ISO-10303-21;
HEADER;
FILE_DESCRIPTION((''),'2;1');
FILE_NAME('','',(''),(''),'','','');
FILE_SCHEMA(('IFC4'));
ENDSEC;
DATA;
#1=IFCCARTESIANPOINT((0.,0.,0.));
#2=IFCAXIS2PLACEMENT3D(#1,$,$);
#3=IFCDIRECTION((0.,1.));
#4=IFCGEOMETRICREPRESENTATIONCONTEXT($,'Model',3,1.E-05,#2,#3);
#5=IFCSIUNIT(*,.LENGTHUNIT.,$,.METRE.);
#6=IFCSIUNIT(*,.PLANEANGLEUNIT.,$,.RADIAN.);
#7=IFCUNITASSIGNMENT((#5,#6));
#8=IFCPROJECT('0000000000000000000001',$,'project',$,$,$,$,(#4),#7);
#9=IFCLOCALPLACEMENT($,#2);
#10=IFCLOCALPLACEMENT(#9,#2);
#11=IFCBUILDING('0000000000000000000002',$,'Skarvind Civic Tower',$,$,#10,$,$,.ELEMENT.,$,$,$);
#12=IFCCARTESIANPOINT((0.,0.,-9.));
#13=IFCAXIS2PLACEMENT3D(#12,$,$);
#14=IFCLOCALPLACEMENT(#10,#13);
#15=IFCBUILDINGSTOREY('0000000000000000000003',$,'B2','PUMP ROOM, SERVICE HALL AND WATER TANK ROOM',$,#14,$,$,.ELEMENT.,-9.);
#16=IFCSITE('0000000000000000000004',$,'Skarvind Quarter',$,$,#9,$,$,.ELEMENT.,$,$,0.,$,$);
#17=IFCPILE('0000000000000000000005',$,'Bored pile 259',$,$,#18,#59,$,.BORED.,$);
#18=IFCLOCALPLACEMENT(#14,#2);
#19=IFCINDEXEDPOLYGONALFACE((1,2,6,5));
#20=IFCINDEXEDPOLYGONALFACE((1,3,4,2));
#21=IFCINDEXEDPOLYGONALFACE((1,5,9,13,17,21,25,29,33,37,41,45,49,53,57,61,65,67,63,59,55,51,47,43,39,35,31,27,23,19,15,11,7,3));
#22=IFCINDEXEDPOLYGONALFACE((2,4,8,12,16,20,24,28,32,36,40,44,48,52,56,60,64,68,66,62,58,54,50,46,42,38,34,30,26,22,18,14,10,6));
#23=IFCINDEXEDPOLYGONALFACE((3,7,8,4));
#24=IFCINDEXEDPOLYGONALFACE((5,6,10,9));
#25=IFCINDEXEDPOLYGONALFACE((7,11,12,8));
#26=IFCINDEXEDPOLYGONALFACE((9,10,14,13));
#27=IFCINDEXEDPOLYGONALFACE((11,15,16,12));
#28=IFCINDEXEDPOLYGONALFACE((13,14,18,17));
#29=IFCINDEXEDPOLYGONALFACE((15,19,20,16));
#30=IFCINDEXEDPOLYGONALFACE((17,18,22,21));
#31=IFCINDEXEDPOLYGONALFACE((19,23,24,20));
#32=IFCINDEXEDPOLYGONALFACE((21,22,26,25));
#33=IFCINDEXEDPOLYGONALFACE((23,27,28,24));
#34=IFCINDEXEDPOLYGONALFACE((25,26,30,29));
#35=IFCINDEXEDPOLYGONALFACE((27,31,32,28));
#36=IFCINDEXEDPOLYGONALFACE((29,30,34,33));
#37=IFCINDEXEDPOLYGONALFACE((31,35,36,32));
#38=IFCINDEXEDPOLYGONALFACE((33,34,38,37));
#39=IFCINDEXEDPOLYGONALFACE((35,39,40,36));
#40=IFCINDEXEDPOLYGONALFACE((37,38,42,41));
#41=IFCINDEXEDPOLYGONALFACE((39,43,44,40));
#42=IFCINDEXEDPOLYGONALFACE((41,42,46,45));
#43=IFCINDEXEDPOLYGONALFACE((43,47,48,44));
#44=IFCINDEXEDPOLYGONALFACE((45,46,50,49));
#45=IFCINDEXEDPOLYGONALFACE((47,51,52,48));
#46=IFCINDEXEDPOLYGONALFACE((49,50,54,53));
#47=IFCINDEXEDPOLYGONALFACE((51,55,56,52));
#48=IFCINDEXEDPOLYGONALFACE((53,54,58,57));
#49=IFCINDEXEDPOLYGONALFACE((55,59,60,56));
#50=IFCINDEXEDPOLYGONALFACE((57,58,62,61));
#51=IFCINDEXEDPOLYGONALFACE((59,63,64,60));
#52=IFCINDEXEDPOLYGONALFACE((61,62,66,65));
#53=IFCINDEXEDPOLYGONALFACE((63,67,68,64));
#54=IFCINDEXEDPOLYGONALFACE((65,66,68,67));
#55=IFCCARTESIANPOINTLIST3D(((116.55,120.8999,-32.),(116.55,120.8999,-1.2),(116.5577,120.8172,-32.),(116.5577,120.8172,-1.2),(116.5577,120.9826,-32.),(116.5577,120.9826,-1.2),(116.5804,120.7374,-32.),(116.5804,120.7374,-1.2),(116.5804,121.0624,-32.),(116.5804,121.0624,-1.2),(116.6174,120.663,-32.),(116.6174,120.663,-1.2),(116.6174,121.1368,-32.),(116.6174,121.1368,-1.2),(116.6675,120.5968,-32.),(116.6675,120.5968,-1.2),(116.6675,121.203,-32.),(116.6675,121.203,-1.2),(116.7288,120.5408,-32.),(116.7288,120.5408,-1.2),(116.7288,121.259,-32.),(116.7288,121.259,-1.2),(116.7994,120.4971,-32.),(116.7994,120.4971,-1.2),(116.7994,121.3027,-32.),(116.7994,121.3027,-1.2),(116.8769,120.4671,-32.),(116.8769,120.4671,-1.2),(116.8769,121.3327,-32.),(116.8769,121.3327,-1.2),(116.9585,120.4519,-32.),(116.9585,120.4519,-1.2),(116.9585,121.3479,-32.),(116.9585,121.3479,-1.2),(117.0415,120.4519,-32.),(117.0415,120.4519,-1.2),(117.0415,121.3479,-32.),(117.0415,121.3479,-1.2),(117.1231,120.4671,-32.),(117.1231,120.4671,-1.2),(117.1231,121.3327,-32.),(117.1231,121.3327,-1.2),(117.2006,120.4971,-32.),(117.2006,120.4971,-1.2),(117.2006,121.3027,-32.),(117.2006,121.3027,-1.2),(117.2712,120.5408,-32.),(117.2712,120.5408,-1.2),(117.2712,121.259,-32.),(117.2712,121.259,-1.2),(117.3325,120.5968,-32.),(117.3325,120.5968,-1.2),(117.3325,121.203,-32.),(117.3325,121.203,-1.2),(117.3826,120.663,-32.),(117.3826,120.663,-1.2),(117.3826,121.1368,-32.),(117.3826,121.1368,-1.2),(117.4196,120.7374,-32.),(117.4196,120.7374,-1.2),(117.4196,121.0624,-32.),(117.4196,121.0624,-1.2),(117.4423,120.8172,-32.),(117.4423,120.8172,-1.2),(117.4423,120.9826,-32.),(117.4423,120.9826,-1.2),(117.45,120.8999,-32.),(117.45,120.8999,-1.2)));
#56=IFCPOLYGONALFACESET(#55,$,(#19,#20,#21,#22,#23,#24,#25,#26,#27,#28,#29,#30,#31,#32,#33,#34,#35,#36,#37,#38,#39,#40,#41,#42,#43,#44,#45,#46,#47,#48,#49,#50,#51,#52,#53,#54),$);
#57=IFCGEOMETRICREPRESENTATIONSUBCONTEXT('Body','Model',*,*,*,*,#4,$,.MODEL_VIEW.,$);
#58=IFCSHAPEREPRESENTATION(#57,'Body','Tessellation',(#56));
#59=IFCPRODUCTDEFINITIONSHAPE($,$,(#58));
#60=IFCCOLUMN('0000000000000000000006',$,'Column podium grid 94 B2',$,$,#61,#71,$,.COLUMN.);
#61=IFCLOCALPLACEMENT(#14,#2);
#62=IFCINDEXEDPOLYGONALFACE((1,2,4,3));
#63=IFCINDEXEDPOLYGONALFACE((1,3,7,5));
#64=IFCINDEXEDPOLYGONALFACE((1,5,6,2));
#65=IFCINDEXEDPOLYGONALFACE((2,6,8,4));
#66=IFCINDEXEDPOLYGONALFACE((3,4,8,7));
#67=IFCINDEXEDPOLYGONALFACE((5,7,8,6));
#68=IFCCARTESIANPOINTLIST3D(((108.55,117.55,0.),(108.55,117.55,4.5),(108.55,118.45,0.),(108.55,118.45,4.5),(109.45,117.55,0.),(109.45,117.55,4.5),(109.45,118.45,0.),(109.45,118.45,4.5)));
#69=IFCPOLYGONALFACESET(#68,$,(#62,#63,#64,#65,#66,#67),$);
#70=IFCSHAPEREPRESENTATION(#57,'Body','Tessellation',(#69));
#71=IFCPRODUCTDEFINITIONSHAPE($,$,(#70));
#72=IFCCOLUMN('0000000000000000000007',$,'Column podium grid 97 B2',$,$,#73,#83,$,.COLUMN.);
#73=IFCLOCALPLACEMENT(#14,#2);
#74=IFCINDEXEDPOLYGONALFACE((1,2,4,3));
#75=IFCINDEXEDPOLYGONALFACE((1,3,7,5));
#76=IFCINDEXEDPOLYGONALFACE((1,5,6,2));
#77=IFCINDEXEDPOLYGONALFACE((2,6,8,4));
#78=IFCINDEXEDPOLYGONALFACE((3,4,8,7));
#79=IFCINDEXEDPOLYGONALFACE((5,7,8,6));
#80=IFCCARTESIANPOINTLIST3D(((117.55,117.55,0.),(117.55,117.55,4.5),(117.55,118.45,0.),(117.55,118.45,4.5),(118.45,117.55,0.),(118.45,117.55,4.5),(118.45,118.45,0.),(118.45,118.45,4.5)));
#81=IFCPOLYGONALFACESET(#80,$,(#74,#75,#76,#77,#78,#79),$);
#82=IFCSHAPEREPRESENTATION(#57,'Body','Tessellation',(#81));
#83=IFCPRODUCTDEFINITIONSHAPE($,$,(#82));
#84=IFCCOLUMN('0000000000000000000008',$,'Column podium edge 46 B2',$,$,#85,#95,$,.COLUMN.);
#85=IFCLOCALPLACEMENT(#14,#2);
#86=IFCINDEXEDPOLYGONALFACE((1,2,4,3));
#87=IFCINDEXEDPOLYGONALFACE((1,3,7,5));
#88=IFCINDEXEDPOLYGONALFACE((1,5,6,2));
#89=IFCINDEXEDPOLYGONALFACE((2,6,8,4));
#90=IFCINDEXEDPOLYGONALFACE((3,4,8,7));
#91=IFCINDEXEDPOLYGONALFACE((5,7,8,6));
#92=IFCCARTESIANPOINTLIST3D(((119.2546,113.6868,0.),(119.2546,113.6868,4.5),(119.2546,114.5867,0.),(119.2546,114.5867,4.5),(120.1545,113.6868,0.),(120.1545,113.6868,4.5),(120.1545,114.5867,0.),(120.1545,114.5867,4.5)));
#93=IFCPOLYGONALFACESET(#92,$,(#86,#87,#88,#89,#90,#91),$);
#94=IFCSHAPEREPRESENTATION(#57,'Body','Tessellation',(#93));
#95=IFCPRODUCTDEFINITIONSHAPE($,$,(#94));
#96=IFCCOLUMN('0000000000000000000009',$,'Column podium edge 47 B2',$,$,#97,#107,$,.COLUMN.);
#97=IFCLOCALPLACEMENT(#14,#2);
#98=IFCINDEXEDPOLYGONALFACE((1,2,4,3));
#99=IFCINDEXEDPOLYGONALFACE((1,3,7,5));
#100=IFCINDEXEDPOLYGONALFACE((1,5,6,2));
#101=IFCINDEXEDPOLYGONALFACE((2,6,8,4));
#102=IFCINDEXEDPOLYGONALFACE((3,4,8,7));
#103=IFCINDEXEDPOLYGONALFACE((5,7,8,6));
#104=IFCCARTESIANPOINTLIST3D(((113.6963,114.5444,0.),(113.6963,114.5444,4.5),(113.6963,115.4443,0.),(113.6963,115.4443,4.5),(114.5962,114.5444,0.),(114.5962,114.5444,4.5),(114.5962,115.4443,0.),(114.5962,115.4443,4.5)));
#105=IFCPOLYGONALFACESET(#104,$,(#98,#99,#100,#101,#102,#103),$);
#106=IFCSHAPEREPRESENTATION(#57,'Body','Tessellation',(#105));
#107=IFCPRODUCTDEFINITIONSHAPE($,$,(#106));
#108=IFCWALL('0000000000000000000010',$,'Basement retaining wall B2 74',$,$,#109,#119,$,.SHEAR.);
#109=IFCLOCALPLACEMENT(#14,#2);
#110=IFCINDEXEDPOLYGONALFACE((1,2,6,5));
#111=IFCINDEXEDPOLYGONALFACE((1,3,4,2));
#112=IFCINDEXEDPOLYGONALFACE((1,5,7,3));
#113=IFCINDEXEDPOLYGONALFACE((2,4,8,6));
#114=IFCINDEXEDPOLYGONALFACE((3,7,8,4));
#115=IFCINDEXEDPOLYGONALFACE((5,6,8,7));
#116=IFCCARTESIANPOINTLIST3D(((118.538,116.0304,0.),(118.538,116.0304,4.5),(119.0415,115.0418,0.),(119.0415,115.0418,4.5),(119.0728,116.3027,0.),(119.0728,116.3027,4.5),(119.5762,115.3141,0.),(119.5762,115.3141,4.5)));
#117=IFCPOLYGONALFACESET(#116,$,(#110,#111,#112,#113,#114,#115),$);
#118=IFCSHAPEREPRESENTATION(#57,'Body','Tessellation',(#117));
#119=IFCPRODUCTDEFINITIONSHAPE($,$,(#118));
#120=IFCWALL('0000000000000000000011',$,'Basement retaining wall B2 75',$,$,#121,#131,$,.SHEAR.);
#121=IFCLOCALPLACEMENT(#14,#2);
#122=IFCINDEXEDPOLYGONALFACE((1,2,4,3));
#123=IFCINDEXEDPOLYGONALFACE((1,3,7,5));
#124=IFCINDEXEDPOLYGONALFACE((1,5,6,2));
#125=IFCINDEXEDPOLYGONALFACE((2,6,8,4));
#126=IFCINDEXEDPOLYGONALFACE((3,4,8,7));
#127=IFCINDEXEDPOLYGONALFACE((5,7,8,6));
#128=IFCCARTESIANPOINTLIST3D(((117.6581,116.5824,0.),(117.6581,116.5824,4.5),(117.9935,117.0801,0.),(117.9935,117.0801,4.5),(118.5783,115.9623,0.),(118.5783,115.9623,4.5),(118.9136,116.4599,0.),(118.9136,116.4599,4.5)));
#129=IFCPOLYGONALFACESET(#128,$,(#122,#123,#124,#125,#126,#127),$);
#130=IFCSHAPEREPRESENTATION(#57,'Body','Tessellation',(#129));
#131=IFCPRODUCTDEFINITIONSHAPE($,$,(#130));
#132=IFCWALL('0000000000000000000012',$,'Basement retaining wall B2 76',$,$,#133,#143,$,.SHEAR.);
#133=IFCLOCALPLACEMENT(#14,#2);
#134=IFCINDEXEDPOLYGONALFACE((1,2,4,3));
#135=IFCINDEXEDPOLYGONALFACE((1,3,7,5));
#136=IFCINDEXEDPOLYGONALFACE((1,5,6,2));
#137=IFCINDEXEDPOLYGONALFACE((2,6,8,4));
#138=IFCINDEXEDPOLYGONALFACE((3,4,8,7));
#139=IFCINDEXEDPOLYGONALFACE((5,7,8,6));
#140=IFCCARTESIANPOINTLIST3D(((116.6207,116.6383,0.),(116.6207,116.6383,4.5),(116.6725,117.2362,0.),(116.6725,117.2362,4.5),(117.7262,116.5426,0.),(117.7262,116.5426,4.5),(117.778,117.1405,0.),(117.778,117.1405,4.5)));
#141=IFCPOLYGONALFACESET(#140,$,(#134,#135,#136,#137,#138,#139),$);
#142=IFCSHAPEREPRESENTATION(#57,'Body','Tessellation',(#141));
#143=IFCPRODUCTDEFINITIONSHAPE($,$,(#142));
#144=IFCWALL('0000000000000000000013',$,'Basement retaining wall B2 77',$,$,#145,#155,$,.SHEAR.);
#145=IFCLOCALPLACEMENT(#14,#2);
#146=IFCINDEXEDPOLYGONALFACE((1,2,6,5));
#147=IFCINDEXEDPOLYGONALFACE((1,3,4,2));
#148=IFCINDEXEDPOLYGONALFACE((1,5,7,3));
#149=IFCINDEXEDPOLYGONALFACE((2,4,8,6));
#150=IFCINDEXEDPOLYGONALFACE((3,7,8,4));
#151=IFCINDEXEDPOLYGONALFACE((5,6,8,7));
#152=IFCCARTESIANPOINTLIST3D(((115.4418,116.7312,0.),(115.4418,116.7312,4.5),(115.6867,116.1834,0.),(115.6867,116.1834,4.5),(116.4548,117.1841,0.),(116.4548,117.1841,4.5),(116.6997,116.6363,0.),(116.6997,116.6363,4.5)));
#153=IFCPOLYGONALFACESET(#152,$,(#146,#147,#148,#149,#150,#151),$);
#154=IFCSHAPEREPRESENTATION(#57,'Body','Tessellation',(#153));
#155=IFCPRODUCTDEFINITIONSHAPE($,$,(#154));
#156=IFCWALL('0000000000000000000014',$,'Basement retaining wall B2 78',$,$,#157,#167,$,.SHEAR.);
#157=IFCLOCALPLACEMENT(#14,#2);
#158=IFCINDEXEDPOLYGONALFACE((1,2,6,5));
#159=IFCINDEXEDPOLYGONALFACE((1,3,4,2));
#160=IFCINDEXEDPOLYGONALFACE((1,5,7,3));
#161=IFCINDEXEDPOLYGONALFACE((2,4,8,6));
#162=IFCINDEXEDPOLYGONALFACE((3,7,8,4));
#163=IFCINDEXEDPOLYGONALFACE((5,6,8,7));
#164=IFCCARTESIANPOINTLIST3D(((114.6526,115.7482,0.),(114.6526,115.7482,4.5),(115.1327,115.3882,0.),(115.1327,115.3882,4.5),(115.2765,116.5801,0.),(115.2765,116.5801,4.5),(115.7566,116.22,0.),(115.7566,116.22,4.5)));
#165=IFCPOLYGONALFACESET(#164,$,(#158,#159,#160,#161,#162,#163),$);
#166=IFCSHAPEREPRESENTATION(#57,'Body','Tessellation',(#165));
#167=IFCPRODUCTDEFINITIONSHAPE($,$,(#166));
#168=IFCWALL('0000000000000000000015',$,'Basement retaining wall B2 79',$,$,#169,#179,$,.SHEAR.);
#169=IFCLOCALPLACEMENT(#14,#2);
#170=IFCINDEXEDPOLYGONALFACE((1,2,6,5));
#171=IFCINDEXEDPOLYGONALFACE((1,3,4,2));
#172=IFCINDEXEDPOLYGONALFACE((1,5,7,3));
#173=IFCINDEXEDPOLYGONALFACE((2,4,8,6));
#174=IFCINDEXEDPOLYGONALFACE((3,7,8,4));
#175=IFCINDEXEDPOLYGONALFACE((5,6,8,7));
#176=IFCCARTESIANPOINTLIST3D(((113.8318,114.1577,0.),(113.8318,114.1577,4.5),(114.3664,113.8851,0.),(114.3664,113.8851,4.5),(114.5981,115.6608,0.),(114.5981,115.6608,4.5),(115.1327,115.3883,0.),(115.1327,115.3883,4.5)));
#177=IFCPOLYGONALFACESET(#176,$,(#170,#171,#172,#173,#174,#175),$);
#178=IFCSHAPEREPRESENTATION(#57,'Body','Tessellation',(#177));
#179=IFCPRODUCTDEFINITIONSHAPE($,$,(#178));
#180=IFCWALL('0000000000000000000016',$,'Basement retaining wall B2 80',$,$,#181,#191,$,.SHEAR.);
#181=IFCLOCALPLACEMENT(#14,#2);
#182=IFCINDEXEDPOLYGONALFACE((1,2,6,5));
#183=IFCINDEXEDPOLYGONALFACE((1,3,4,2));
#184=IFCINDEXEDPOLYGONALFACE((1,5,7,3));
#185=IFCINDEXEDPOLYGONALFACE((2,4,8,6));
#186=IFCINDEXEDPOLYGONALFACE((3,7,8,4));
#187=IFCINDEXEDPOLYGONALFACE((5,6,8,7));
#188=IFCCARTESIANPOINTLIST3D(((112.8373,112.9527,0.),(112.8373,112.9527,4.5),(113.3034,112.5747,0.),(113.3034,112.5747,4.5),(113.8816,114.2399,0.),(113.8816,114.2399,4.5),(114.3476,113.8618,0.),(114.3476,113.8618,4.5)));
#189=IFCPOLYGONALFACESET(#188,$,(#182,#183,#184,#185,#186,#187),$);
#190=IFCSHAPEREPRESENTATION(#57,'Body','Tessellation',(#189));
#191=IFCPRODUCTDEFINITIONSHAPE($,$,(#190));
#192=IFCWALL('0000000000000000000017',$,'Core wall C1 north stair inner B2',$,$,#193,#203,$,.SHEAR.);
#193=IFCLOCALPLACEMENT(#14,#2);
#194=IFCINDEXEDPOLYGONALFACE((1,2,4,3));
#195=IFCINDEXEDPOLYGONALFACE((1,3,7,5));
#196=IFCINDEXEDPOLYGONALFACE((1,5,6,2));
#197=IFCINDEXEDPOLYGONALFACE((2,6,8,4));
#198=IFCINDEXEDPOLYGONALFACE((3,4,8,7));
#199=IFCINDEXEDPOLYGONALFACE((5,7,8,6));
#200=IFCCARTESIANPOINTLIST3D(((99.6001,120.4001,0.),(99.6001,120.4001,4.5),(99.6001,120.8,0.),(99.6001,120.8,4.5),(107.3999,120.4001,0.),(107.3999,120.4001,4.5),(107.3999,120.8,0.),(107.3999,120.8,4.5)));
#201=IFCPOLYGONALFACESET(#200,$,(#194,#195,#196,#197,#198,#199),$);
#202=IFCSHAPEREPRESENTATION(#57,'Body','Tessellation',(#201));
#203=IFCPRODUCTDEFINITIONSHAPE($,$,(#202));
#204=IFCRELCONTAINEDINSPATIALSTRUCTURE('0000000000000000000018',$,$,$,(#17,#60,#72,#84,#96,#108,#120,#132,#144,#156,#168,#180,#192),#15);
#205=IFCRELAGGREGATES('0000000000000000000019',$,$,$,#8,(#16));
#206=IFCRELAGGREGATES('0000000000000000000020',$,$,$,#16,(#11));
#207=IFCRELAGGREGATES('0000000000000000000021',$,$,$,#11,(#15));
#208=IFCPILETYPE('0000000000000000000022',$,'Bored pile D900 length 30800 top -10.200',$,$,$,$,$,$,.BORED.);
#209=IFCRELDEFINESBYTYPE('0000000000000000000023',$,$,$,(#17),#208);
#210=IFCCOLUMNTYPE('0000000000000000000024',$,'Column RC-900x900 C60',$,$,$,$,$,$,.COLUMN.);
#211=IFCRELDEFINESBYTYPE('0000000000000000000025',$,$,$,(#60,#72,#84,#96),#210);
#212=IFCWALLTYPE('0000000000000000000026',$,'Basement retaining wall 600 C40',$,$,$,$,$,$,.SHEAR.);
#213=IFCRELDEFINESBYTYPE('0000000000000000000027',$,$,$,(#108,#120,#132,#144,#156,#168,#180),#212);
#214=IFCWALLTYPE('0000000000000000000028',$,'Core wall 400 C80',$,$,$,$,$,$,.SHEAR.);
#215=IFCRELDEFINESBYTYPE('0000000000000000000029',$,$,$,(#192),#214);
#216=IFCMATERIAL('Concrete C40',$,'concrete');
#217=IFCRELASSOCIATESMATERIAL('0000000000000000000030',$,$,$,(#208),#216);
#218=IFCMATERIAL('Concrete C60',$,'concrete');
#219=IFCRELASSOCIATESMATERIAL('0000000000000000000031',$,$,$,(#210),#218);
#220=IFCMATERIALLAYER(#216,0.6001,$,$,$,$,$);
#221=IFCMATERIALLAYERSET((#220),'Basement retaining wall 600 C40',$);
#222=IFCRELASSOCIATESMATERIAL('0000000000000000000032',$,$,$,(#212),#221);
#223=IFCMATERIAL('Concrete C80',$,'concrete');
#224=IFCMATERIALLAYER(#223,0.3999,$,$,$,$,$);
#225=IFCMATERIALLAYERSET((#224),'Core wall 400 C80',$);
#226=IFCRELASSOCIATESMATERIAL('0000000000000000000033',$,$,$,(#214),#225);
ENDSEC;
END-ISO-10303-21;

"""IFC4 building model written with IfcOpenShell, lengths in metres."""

from ifc_helpers import new_model, si_unit, direction, frame, frame_2d, origin, origin_2d, place, context, subcontext, project, spatial, rectangle, circle, extrude, material, layer, layer_set, material_profile, profile_set, type_object, element, save


model = new_model("IFC4")

# Units and contexts
model_context = context("Model", 3, precision=1e-05, world=origin(), true_north=direction((0.0, 1.0)))
body_context = subcontext(model_context, "Body", "Model", "MODEL_VIEW")
ifc_project = project(units=[si_unit("LENGTHUNIT", "METRE"), si_unit("PLANEANGLEUNIT", "RADIAN")], contexts=[model_context])

# Site, building, storey
site_placement = place(None, origin())
site = spatial("IfcSite", under=ifc_project, at=site_placement, Name="Skarvind Quarter", CompositionType="ELEMENT", RefElevation=0.0)
building_placement = place(site_placement, origin())
building = spatial("IfcBuilding", under=site, at=building_placement, Name="Skarvind Civic Tower", CompositionType="ELEMENT")
storey_placement = place(building_placement, frame((0.0, 0.0, -9.0)))
storey = spatial("IfcBuildingStorey", under=building, at=storey_placement, Name="B2", Description="PUMP ROOM, SERVICE HALL AND WATER TANK ROOM", CompositionType="ELEMENT", Elevation=-9.0)

# Pile
ifc_material_1 = material(Name="Concrete C40", Category="concrete")
pile_type_1 = type_object("IfcPileType", Name="Bored pile D900 length 30800 top -10.200", PredefinedType="BORED", material=ifc_material_1)
for number, where, z_axis, x_axis, name in (
    (1, (117.0, 120.8999, -1.2), (0.0, 0.0, -1.0), (1.0, 0.0, 0.0), "Bored pile 259"),
):
    element("IfcPile", number, at=place(storey_placement, frame(where, z_axis=z_axis, x_axis=x_axis)), inside=storey, type_object=pile_type_1, Name=name, PredefinedType="BORED", context=body_context, shape_type="SweptSolid", body=[
        extrude(circle(Radius=0.45, at=origin_2d()), origin(), (0.0, 0.0, 1.0), 30.8),
    ])

# Columns
ifc_material_2 = material(Name="Concrete C60", Category="concrete")
ifc_material_profile = material_profile(ifc_material_2, rectangle(XDim=0.8999, YDim=0.8999, at=origin_2d()), Name="RC-900x900")
ifc_profile_set = profile_set([ifc_material_profile], Name="Concrete C60")
column_type = type_object("IfcColumnType", Name="Column RC-900x900 C60", PredefinedType="COLUMN", material=ifc_profile_set)
for number, where, z_axis, x_axis, name in (
    (2, (109.0, 118.0, 0.0), (0.0, 0.0, 1.0), (1.0, 0.0, 0.0), "Column podium grid 94 B2"),
    (3, (118.0, 118.0, 0.0), (0.0, 0.0, 1.0), (1.0, 0.0, 0.0), "Column podium grid 97 B2"),
    (4, (119.7046, 114.1367, 0.0), (0.0, 0.0, 1.0), (1.0, 0.0, 0.0), "Column podium edge 46 B2"),
    (5, (114.1462, 114.9944, 0.0), (0.0, 0.0, 1.0), (1.0, 0.0, 0.0), "Column podium edge 47 B2"),
):
    element("IfcColumn", number, at=place(storey_placement, frame(where, z_axis=z_axis, x_axis=x_axis)), inside=storey, type_object=column_type, Name=name, PredefinedType="COLUMN", context=body_context, shape_type="SweptSolid", body=[
        extrude(rectangle(XDim=0.8999, YDim=0.8999, at=origin_2d()), origin(), (0.0, 0.0, 1.0), 4.5),
    ])

# Walls
ifc_layer_1 = layer(ifc_material_1, 0.6001)
ifc_layer_set_1 = layer_set([ifc_layer_1], Name="Basement retaining wall 600 C40")
wall_type_1 = type_object("IfcWallType", Name="Basement retaining wall 600 C40", PredefinedType="SHEAR", material=ifc_layer_set_1)
wall_1_placement = place(storey_placement, frame((119.3088, 115.178, 0.0), z_axis=(0.0, 0.0, 1.0), x_axis=(-0.453804, 0.891102, 0.0)))
element("IfcWall", 6, at=wall_1_placement, inside=storey, type_object=wall_type_1, Name="Basement retaining wall B2 74", PredefinedType="SHEAR", context=body_context, shape_type="SweptSolid", body=[
    extrude(rectangle(XDim=1.1094, YDim=0.6001, at=frame_2d((0.5547, 0.0))), origin(), (0.0, 0.0, 1.0), 4.5),
])
for number, where, z_axis, x_axis, name in (
    (7, (118.7458, 116.2112, 0.0), (0.0, 0.0, 1.0), (-0.829264, 0.558857, 0.0), "Basement retaining wall B2 75"),
    (8, (117.752, 116.8416, 0.0), (0.0, 0.0, 1.0), (-0.996274, 0.08625, 0.0), "Basement retaining wall B2 76"),
    (9, (116.5771, 116.9102, 0.0), (0.0, 0.0, 1.0), (-0.912911, -0.408159, 0.0), "Basement retaining wall B2 77"),
):
    element("IfcWall", number, at=place(storey_placement, frame(where, z_axis=z_axis, x_axis=x_axis)), inside=storey, type_object=wall_type_1, Name=name, PredefinedType="SHEAR", context=body_context, shape_type="SweptSolid", body=[
        extrude(rectangle(XDim=1.1096, YDim=0.6001, at=frame_2d((0.5547, 0.0))), origin(), (0.0, 0.0, 1.0), 4.5),
    ])
wall_2_placement = place(storey_placement, frame((115.5166, 116.4001, 0.0), z_axis=(0.0, 0.0, 1.0), x_axis=(-0.599962, -0.800028, 0.0)))
element("IfcWall", 10, at=wall_2_placement, inside=storey, type_object=wall_type_1, Name="Basement retaining wall B2 78", PredefinedType="SHEAR", context=body_context, shape_type="SweptSolid", body=[
    extrude(rectangle(XDim=1.0398, YDim=0.6001, at=frame_2d((0.52, 0.0))), origin(), (0.0, 0.0, 1.0), 4.5),
])
wall_3_placement = place(storey_placement, frame((114.8655, 115.5247, 0.0), z_axis=(0.0, 0.0, 1.0), x_axis=(-0.454203, -0.890898, 0.0)))
element("IfcWall", 11, at=wall_3_placement, inside=storey, type_object=wall_type_1, Name="Basement retaining wall B2 79", PredefinedType="SHEAR", context=body_context, shape_type="SweptSolid", body=[
    extrude(rectangle(XDim=1.6873, YDim=0.6001, at=frame_2d((0.8438, 0.0))), origin(), (0.0, 0.0, 1.0), 4.5),
])
wall_4_placement = place(storey_placement, frame((114.1145, 114.0508, 0.0), z_axis=(0.0, 0.0, 1.0), x_axis=(-0.630016, -0.776582, 0.0)))
element("IfcWall", 12, at=wall_4_placement, inside=storey, type_object=wall_type_1, Name="Basement retaining wall B2 80", PredefinedType="SHEAR", context=body_context, shape_type="SweptSolid", body=[
    extrude(rectangle(XDim=1.6575, YDim=0.6001, at=frame_2d((0.8286, 0.0))), origin(), (0.0, 0.0, 1.0), 4.5),
])
ifc_material_3 = material(Name="Concrete C80", Category="concrete")
ifc_layer_2 = layer(ifc_material_3, 0.3999)
ifc_layer_set_2 = layer_set([ifc_layer_2], Name="Core wall 400 C80")
wall_type_2 = type_object("IfcWallType", Name="Core wall 400 C80", PredefinedType="SHEAR", material=ifc_layer_set_2)
wall_5_placement = place(storey_placement, frame((107.3999, 120.6001, 0.0), z_axis=(0.0, 0.0, 1.0), x_axis=(-1.0, 0.0, 0.0)))
element("IfcWall", 13, at=wall_5_placement, inside=storey, type_object=wall_type_2, Name="Core wall C1 north stair inner B2", PredefinedType="SHEAR", context=body_context, shape_type="SweptSolid", body=[
    extrude(rectangle(XDim=7.7998, YDim=0.3999, at=frame_2d((3.8999, 0.0))), origin(), (0.0, 0.0, 1.0), 4.5),
])

save(model, "model.ifc")
